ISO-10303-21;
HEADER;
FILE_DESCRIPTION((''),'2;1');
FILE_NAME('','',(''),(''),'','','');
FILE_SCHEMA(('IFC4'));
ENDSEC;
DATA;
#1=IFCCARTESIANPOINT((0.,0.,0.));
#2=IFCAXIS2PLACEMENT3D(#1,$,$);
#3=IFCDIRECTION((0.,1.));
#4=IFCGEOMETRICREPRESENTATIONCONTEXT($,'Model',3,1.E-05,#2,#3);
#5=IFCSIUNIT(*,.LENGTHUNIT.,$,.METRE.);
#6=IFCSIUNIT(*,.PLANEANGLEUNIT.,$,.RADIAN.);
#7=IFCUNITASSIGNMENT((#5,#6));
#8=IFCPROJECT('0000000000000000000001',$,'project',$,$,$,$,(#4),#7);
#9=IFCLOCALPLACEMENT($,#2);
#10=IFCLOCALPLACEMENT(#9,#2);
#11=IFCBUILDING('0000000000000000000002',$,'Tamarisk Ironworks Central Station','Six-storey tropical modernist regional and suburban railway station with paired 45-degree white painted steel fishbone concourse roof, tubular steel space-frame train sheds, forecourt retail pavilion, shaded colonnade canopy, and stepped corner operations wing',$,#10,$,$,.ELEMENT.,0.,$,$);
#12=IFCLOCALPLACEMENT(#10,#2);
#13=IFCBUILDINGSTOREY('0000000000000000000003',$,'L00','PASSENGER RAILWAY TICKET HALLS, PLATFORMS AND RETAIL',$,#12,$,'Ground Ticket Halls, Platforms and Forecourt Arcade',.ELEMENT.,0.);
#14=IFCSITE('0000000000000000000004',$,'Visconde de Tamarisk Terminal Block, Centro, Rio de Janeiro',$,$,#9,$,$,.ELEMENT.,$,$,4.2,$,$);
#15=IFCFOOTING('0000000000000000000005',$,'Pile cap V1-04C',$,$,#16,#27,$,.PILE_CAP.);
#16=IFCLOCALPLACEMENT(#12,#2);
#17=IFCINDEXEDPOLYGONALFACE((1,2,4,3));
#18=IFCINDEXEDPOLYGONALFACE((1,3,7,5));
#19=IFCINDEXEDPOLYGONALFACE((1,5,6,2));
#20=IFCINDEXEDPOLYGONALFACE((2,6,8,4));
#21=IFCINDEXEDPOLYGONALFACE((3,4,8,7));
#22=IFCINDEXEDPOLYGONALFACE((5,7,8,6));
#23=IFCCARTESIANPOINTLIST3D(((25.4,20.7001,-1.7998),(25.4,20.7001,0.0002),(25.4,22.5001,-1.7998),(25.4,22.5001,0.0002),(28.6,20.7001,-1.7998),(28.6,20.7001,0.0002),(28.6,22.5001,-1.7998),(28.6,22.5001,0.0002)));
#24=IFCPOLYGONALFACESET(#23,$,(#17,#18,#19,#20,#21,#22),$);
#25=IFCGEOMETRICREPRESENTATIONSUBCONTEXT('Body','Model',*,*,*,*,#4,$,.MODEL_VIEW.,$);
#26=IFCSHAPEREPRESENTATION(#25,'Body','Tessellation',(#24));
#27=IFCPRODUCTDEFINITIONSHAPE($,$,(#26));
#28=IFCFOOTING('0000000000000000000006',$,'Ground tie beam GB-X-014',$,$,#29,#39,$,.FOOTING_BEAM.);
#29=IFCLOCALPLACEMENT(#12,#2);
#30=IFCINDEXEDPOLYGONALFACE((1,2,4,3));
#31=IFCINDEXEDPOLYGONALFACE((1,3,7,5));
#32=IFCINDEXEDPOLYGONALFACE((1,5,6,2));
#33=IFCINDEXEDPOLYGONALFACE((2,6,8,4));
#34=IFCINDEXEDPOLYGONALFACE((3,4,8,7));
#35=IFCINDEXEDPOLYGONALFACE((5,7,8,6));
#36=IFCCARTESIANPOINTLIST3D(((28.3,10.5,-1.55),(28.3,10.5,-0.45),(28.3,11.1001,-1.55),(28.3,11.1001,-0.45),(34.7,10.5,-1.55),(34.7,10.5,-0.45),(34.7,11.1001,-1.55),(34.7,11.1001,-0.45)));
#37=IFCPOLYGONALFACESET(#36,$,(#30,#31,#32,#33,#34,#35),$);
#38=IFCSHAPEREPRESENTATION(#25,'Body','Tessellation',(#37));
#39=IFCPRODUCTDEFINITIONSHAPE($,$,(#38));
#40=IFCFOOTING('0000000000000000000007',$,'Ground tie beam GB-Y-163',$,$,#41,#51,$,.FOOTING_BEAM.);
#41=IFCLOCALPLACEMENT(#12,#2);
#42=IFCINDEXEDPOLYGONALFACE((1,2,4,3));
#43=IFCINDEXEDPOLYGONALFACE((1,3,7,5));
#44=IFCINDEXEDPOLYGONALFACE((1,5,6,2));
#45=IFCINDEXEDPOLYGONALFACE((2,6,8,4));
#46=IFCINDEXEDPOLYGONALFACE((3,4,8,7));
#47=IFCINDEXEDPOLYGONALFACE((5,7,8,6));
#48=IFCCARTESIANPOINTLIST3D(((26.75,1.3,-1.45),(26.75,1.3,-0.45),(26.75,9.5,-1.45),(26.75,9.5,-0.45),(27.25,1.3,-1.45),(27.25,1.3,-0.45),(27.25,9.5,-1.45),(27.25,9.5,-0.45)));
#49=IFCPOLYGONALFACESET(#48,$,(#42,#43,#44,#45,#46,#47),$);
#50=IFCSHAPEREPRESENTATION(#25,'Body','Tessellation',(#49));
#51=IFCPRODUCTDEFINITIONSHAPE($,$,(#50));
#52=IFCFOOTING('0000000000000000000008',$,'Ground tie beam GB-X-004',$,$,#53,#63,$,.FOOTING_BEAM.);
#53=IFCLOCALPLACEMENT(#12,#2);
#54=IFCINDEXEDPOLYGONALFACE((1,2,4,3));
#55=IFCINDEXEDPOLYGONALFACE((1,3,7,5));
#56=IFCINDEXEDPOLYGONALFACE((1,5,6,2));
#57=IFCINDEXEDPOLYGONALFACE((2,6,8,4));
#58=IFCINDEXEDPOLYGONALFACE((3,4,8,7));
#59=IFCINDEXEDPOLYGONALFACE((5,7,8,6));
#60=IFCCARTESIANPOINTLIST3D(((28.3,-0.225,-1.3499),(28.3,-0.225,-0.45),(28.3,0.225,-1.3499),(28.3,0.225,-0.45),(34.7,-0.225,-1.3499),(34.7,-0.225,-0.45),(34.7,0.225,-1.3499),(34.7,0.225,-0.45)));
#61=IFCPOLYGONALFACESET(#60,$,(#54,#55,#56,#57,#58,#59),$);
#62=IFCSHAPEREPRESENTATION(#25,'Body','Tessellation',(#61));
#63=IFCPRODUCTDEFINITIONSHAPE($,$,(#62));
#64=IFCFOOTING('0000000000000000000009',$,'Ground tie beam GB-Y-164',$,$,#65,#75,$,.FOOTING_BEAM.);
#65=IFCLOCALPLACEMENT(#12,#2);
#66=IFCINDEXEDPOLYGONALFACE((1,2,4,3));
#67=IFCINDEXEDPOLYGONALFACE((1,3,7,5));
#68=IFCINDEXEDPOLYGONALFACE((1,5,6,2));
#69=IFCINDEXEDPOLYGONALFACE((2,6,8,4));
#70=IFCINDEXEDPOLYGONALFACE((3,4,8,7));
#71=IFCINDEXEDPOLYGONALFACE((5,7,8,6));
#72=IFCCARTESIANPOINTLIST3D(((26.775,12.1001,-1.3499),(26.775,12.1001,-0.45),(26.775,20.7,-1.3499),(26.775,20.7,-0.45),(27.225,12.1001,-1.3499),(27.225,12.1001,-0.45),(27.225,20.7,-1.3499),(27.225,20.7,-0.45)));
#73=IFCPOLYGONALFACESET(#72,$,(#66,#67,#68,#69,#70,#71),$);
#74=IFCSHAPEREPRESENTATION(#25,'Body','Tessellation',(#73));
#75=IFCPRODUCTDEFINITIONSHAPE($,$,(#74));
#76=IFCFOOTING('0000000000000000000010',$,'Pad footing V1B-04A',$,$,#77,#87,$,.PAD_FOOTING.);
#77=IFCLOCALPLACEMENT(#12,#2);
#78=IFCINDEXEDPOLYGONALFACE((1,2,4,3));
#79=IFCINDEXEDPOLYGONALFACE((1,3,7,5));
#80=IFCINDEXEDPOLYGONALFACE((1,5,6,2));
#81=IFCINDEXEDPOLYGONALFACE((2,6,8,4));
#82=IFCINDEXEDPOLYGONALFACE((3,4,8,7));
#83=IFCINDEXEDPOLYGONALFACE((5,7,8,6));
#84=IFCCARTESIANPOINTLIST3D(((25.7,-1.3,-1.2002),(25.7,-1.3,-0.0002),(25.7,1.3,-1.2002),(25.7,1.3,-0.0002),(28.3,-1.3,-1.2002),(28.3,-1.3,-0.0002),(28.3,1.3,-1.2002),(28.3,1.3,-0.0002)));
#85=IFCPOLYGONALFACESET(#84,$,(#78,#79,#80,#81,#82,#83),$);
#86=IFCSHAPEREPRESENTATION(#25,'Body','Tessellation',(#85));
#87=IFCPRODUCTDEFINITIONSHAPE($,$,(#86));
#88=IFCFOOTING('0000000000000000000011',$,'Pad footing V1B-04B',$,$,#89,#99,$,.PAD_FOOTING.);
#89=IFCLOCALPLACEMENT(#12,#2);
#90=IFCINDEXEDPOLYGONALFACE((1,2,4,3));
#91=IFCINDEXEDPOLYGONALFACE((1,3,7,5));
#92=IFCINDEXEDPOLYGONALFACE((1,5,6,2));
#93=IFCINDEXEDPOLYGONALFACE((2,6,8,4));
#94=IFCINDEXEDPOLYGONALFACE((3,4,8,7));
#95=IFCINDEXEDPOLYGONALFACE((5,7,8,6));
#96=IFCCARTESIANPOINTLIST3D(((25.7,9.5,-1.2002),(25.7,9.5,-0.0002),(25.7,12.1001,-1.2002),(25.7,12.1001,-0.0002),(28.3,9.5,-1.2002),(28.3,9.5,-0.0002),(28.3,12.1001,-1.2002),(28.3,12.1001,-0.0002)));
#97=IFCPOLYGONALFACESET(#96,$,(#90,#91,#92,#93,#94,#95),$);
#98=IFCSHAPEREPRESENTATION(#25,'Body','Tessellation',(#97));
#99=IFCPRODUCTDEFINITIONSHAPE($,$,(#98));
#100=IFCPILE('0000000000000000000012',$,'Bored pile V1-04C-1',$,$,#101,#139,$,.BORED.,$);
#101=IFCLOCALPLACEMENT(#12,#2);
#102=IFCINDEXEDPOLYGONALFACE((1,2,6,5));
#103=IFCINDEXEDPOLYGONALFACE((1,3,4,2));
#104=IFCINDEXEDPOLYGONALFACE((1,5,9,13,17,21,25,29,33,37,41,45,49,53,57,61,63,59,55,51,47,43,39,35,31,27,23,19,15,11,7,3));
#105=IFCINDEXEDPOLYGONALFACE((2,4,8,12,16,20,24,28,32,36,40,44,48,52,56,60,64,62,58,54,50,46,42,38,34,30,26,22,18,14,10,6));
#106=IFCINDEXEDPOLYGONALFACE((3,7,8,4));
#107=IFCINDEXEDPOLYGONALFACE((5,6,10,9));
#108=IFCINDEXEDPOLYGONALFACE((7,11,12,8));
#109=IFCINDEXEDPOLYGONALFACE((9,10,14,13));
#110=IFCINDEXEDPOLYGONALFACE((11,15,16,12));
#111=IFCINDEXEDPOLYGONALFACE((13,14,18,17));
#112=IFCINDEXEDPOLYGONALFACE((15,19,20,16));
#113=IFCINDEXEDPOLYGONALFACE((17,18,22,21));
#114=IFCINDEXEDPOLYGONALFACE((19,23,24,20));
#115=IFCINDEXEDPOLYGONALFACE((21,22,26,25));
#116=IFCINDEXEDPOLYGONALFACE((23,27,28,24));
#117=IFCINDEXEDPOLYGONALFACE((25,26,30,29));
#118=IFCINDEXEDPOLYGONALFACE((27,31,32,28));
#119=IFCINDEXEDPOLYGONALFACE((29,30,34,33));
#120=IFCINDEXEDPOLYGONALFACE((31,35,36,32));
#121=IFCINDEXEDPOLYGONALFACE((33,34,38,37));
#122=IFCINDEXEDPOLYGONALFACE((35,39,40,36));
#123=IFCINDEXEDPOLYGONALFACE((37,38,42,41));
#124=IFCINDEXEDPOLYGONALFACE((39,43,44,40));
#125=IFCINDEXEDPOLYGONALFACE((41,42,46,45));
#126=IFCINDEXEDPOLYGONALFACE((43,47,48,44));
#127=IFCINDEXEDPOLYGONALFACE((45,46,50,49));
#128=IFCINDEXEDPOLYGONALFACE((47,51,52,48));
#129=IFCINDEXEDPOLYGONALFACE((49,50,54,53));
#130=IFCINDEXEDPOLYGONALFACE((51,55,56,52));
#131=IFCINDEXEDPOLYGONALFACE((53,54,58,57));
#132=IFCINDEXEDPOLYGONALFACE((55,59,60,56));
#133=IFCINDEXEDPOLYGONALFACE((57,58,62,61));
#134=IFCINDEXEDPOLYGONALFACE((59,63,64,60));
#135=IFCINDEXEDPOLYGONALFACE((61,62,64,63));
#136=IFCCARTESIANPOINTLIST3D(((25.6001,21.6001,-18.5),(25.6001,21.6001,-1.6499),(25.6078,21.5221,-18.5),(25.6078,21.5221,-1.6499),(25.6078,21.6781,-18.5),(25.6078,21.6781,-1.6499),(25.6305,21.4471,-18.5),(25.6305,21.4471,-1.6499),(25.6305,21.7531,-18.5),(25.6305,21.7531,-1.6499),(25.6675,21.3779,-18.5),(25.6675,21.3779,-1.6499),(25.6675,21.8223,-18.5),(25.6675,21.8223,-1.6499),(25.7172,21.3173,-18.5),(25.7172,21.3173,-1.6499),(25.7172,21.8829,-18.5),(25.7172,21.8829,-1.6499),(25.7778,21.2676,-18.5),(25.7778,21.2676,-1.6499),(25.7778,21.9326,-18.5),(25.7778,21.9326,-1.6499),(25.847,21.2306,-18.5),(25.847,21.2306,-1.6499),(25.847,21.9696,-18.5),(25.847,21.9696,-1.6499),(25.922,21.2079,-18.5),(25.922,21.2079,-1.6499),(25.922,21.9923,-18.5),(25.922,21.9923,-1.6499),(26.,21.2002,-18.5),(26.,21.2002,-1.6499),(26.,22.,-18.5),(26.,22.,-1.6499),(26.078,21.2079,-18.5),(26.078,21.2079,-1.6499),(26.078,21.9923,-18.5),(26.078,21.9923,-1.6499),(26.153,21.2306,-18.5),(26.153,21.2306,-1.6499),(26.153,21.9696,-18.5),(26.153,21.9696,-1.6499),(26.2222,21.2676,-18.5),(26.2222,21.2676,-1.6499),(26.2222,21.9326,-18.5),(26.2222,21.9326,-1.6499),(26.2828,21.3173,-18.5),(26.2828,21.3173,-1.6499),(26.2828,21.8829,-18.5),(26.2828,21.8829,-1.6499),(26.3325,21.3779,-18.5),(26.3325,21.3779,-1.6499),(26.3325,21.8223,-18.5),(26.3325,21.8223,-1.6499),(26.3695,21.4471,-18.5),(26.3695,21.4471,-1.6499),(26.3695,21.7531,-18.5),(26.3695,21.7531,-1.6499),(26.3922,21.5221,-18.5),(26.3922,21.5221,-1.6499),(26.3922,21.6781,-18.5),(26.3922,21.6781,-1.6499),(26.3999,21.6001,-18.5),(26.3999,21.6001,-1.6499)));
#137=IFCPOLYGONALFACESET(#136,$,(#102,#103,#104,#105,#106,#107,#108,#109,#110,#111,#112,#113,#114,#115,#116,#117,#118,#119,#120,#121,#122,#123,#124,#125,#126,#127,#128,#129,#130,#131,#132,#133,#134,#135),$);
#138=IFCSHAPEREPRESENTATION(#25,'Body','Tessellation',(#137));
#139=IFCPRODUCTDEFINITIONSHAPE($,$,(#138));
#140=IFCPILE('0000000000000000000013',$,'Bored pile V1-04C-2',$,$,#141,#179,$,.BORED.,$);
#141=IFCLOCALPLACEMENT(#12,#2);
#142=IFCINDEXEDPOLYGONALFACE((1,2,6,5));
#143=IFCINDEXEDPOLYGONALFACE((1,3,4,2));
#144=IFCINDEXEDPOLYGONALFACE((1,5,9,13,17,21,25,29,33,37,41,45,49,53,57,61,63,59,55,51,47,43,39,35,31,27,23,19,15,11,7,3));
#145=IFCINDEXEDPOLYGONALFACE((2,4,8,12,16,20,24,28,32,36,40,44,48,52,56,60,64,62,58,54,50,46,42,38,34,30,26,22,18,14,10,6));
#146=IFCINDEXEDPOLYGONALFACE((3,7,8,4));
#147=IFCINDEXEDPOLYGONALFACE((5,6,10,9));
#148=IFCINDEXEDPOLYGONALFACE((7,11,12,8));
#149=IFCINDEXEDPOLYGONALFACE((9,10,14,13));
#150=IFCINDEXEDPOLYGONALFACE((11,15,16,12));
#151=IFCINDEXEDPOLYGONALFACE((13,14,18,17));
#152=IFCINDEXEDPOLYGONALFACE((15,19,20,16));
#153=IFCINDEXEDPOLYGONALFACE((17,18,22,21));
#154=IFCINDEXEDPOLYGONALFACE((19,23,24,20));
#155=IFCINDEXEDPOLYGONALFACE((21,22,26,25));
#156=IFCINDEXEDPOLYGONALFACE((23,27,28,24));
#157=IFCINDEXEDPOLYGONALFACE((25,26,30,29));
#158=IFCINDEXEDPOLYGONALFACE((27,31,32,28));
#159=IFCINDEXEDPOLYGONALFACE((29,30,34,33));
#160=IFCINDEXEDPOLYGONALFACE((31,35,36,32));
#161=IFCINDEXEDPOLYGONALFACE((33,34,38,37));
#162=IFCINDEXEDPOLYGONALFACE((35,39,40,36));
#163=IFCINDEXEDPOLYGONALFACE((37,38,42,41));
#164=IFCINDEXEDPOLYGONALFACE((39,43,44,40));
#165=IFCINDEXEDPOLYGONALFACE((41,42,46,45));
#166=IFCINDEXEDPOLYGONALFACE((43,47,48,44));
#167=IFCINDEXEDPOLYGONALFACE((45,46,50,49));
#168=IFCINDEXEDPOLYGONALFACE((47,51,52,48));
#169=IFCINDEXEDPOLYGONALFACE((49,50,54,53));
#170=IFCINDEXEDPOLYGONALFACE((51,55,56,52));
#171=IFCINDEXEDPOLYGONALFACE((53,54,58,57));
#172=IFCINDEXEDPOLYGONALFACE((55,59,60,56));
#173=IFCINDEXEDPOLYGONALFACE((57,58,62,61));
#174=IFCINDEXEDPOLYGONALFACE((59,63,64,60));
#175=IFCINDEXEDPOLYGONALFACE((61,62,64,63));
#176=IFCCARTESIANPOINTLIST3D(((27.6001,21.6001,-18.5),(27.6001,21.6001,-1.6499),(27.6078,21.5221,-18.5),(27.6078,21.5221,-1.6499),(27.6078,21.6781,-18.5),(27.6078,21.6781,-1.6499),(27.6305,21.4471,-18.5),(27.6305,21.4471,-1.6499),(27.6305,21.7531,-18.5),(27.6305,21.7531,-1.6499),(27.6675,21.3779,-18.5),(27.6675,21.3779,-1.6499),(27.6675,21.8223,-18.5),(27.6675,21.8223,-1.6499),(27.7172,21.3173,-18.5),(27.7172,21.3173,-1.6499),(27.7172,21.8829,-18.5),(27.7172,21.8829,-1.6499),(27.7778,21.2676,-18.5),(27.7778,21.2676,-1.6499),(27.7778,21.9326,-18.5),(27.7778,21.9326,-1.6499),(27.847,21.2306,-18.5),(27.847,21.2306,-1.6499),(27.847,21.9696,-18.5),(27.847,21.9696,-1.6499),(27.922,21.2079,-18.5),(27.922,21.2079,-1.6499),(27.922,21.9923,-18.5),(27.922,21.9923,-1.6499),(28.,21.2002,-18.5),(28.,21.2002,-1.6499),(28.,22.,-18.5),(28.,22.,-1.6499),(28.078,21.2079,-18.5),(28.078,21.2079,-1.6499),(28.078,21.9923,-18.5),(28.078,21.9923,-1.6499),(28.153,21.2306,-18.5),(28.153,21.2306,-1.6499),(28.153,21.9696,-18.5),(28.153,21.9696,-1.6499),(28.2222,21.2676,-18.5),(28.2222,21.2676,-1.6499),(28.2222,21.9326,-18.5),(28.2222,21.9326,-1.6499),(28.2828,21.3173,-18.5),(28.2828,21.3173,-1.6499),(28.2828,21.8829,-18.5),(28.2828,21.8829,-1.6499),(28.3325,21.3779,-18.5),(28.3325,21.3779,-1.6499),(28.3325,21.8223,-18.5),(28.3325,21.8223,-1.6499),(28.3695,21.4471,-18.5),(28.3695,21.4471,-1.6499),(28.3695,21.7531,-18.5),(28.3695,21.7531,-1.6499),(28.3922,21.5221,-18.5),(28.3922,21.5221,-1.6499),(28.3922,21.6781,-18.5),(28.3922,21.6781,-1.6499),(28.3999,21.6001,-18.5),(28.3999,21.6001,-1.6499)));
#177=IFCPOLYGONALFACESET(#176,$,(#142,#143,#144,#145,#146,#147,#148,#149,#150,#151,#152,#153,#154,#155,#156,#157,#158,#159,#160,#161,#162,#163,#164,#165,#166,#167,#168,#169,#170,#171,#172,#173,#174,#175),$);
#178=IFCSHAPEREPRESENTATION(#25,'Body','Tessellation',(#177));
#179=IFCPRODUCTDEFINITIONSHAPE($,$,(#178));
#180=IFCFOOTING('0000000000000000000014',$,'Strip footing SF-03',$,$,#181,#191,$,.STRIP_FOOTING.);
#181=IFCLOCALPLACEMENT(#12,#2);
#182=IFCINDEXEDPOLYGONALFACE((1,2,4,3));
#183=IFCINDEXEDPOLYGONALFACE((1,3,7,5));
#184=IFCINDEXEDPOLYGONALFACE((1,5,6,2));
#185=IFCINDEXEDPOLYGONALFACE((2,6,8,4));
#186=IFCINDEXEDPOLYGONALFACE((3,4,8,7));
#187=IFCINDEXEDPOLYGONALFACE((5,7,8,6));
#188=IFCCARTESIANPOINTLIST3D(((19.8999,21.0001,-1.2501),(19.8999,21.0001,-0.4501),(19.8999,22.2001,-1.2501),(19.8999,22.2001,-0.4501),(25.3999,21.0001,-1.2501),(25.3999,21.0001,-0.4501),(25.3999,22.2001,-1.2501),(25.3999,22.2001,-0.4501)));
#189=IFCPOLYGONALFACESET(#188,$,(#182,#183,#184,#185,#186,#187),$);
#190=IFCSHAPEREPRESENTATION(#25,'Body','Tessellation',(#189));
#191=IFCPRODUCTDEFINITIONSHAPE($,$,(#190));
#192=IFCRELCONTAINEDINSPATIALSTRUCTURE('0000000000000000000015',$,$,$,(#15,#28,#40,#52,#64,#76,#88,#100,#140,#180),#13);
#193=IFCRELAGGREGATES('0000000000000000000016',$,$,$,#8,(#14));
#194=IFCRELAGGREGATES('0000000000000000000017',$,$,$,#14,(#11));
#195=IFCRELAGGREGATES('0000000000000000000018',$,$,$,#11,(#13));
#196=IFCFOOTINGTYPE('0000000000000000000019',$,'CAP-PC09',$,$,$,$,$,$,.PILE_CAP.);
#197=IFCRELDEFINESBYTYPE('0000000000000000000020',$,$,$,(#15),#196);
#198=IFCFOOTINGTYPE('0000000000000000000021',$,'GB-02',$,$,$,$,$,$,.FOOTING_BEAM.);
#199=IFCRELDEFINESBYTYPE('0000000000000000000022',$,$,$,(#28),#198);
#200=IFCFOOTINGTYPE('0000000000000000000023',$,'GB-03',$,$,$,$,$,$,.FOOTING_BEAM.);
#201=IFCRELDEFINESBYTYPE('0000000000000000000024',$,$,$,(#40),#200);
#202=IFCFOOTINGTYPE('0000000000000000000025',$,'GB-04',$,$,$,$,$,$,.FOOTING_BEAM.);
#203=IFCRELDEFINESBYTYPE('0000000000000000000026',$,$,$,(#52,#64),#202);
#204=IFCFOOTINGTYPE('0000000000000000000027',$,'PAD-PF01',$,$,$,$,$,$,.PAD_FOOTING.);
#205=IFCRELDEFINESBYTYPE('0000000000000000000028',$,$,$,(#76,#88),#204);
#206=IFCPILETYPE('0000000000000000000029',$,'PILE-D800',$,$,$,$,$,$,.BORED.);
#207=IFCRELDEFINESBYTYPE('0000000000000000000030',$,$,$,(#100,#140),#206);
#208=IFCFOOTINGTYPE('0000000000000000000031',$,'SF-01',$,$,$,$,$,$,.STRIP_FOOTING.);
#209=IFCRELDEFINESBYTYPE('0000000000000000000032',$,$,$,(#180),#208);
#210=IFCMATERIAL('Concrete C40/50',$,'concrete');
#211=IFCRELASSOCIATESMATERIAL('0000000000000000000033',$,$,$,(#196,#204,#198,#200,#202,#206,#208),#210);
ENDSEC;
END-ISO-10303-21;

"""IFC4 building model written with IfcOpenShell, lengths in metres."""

from ifc_helpers import new_model, si_unit, direction, frame, origin, origin_2d, place, context, subcontext, project, spatial, rectangle, circle, extrude, material, material_profile, profile_set, type_object, element, save


model = new_model("IFC4")

# Units and contexts
model_context = context("Model", 3, precision=1e-05, world=origin(), true_north=direction((0.0, 1.0)))
body_context = subcontext(model_context, "Body", "Model", "MODEL_VIEW")
ifc_project = project(units=[si_unit("LENGTHUNIT", "METRE"), si_unit("PLANEANGLEUNIT", "RADIAN")], contexts=[model_context])

# Site, building, storey
site_placement = place(None, origin())
site = spatial("IfcSite", under=ifc_project, at=site_placement, Name="Visconde de Tamarisk Terminal Block, Centro, Rio de Janeiro", CompositionType="ELEMENT", RefElevation=4.2)
building_placement = place(site_placement, origin())
building = spatial("IfcBuilding", under=site, at=building_placement, Name="Tamarisk Ironworks Central Station", Description="Six-storey tropical modernist regional and suburban railway station with paired 45-degree white painted steel fishbone concourse roof, tubular steel space-frame train sheds, forecourt retail pavilion, shaded colonnade canopy, and stepped corner operations wing", CompositionType="ELEMENT", ElevationOfRefHeight=0.0)
storey_placement = place(building_placement, origin())
storey = spatial("IfcBuildingStorey", under=building, at=storey_placement, Name="L00", Description="PASSENGER RAILWAY TICKET HALLS, PLATFORMS AND RETAIL", LongName="Ground Ticket Halls, Platforms and Forecourt Arcade", CompositionType="ELEMENT", Elevation=0.0)

# Footings
ifc_material_1 = material(Name="Concrete C40/50", Category="concrete")
footing_type_1 = type_object("IfcFootingType", Name="CAP-PC09", PredefinedType="PILE_CAP", material=ifc_material_1)
footing_1_placement = place(storey_placement, frame((27.0, 21.6001, -1.7998), z_axis=(0.0, 0.0, 1.0), x_axis=(1.0, 0.0, 0.0)))
element("IfcFooting", 1, at=footing_1_placement, inside=storey, type_object=footing_type_1, Name="Pile cap V1-04C", PredefinedType="PILE_CAP", context=body_context, shape_type="SweptSolid", body=[
    extrude(rectangle(XDim=3.2, YDim=1.8, at=origin_2d()), origin(), (0.0, 0.0, 1.0), 1.8),
])
ifc_material_profile_1 = material_profile(ifc_material_1, rectangle(XDim=0.6001, YDim=1.1001, at=origin_2d()), Name="GB02 600x1100")
ifc_profile_set_1 = profile_set([ifc_material_profile_1], Name="Concrete C40/50")
footing_type_2 = type_object("IfcFootingType", Name="GB-02", PredefinedType="FOOTING_BEAM", material=ifc_profile_set_1)
footing_2_placement = place(storey_placement, frame((28.3, 10.8, -1.0), z_axis=(1.0, 0.0, 0.0), x_axis=(0.0, 1.0, 0.0)))
element("IfcFooting", 2, at=footing_2_placement, inside=storey, type_object=footing_type_2, Name="Ground tie beam GB-X-014", PredefinedType="FOOTING_BEAM", context=body_context, shape_type="SweptSolid", body=[
    extrude(rectangle(XDim=0.6001, YDim=1.1001, at=origin_2d()), origin(), (0.0, 0.0, 1.0), 6.3999),
])
ifc_material_profile_2 = material_profile(ifc_material_1, rectangle(XDim=0.5, YDim=1.0, at=origin_2d()), Name="GB03 500x1000")
ifc_profile_set_2 = profile_set([ifc_material_profile_2], Name="Concrete C40/50")
footing_type_3 = type_object("IfcFootingType", Name="GB-03", PredefinedType="FOOTING_BEAM", material=ifc_profile_set_2)
footing_3_placement = place(storey_placement, frame((27.0, 1.3, -0.95), z_axis=(0.0, 1.0, 0.0), x_axis=(-1.0, 0.0, 0.0)))
element("IfcFooting", 3, at=footing_3_placement, inside=storey, type_object=footing_type_3, Name="Ground tie beam GB-Y-163", PredefinedType="FOOTING_BEAM", context=body_context, shape_type="SweptSolid", body=[
    extrude(rectangle(XDim=0.5, YDim=1.0, at=origin_2d()), origin(), (0.0, 0.0, 1.0), 8.2),
])
ifc_material_profile_3 = material_profile(ifc_material_1, rectangle(XDim=0.45, YDim=0.8999, at=origin_2d()), Name="GB04 450x900")
ifc_profile_set_3 = profile_set([ifc_material_profile_3], Name="Concrete C40/50")
footing_type_4 = type_object("IfcFootingType", Name="GB-04", PredefinedType="FOOTING_BEAM", material=ifc_profile_set_3)
footing_4_placement = place(storey_placement, frame((28.3, 0.0, -0.8999), z_axis=(1.0, 0.0, 0.0), x_axis=(0.0, 1.0, 0.0)))
element("IfcFooting", 4, at=footing_4_placement, inside=storey, type_object=footing_type_4, Name="Ground tie beam GB-X-004", PredefinedType="FOOTING_BEAM", context=body_context, shape_type="SweptSolid", body=[
    extrude(rectangle(XDim=0.45, YDim=0.8999, at=origin_2d()), origin(), (0.0, 0.0, 1.0), 6.3999),
])
footing_5_placement = place(storey_placement, frame((27.0, 12.1001, -0.8999), z_axis=(0.0, 1.0, 0.0), x_axis=(-1.0, 0.0, 0.0)))
element("IfcFooting", 5, at=footing_5_placement, inside=storey, type_object=footing_type_4, Name="Ground tie beam GB-Y-164", PredefinedType="FOOTING_BEAM", context=body_context, shape_type="SweptSolid", body=[
    extrude(rectangle(XDim=0.45, YDim=0.8999, at=origin_2d()), origin(), (0.0, 0.0, 1.0), 8.5999),
])
footing_type_5 = type_object("IfcFootingType", Name="PAD-PF01", PredefinedType="PAD_FOOTING", material=ifc_material_1)
for number, where, z_axis, x_axis, name in (
    (6, (27.0, 0.0, -1.2002), (0.0, 0.0, 1.0), (1.0, 0.0, 0.0), "Pad footing V1B-04A"),
    (7, (27.0, 10.8, -1.2002), (0.0, 0.0, 1.0), (1.0, 0.0, 0.0), "Pad footing V1B-04B"),
):
    element("IfcFooting", number, at=place(storey_placement, frame(where, z_axis=z_axis, x_axis=x_axis)), inside=storey, type_object=footing_type_5, Name=name, PredefinedType="PAD_FOOTING", context=body_context, shape_type="SweptSolid", body=[
        extrude(rectangle(XDim=2.6001, YDim=2.6001, at=origin_2d()), origin(), (0.0, 0.0, 1.0), 1.2),
    ])

# Piles
ifc_material_profile_4 = material_profile(ifc_material_1, circle(Radius=0.3999, at=origin_2d()), Name="BORED PILE D800")
ifc_profile_set_4 = profile_set([ifc_material_profile_4], Name="Concrete C40/50")
pile_type = type_object("IfcPileType", Name="PILE-D800", PredefinedType="BORED", material=ifc_profile_set_4)
for number, where, z_axis, x_axis, name in (
    (8, (26.0, 21.6001, -1.6499), (0.0, 0.0, -1.0), (1.0, 0.0, 0.0), "Bored pile V1-04C-1"),
    (9, (28.0, 21.6001, -1.6499), (0.0, 0.0, -1.0), (1.0, 0.0, 0.0), "Bored pile V1-04C-2"),
):
    element("IfcPile", number, at=place(storey_placement, frame(where, z_axis=z_axis, x_axis=x_axis)), inside=storey, type_object=pile_type, Name=name, PredefinedType="BORED", context=body_context, shape_type="SweptSolid", body=[
        extrude(circle(Radius=0.3999, at=origin_2d()), origin(), (0.0, 0.0, 1.0), 16.8501),
    ])

# Footing
ifc_material_profile_5 = material_profile(ifc_material_1, rectangle(XDim=1.2, YDim=0.8, at=origin_2d()), Name="SF01 1200x800")
ifc_profile_set_5 = profile_set([ifc_material_profile_5], Name="Concrete C40/50")
footing_type_6 = type_object("IfcFootingType", Name="SF-01", PredefinedType="STRIP_FOOTING", material=ifc_profile_set_5)
footing_6_placement = place(storey_placement, frame((19.8999, 21.6001, -0.8501), z_axis=(1.0, 0.0, 0.0), x_axis=(0.0, 1.0, 0.0)))
element("IfcFooting", 10, at=footing_6_placement, inside=storey, type_object=footing_type_6, Name="Strip footing SF-03", PredefinedType="STRIP_FOOTING", context=body_context, shape_type="SweptSolid", body=[
    extrude(rectangle(XDim=1.2, YDim=0.8, at=origin_2d()), origin(), (0.0, 0.0, 1.0), 5.5),
])

save(model, "model.ifc")
